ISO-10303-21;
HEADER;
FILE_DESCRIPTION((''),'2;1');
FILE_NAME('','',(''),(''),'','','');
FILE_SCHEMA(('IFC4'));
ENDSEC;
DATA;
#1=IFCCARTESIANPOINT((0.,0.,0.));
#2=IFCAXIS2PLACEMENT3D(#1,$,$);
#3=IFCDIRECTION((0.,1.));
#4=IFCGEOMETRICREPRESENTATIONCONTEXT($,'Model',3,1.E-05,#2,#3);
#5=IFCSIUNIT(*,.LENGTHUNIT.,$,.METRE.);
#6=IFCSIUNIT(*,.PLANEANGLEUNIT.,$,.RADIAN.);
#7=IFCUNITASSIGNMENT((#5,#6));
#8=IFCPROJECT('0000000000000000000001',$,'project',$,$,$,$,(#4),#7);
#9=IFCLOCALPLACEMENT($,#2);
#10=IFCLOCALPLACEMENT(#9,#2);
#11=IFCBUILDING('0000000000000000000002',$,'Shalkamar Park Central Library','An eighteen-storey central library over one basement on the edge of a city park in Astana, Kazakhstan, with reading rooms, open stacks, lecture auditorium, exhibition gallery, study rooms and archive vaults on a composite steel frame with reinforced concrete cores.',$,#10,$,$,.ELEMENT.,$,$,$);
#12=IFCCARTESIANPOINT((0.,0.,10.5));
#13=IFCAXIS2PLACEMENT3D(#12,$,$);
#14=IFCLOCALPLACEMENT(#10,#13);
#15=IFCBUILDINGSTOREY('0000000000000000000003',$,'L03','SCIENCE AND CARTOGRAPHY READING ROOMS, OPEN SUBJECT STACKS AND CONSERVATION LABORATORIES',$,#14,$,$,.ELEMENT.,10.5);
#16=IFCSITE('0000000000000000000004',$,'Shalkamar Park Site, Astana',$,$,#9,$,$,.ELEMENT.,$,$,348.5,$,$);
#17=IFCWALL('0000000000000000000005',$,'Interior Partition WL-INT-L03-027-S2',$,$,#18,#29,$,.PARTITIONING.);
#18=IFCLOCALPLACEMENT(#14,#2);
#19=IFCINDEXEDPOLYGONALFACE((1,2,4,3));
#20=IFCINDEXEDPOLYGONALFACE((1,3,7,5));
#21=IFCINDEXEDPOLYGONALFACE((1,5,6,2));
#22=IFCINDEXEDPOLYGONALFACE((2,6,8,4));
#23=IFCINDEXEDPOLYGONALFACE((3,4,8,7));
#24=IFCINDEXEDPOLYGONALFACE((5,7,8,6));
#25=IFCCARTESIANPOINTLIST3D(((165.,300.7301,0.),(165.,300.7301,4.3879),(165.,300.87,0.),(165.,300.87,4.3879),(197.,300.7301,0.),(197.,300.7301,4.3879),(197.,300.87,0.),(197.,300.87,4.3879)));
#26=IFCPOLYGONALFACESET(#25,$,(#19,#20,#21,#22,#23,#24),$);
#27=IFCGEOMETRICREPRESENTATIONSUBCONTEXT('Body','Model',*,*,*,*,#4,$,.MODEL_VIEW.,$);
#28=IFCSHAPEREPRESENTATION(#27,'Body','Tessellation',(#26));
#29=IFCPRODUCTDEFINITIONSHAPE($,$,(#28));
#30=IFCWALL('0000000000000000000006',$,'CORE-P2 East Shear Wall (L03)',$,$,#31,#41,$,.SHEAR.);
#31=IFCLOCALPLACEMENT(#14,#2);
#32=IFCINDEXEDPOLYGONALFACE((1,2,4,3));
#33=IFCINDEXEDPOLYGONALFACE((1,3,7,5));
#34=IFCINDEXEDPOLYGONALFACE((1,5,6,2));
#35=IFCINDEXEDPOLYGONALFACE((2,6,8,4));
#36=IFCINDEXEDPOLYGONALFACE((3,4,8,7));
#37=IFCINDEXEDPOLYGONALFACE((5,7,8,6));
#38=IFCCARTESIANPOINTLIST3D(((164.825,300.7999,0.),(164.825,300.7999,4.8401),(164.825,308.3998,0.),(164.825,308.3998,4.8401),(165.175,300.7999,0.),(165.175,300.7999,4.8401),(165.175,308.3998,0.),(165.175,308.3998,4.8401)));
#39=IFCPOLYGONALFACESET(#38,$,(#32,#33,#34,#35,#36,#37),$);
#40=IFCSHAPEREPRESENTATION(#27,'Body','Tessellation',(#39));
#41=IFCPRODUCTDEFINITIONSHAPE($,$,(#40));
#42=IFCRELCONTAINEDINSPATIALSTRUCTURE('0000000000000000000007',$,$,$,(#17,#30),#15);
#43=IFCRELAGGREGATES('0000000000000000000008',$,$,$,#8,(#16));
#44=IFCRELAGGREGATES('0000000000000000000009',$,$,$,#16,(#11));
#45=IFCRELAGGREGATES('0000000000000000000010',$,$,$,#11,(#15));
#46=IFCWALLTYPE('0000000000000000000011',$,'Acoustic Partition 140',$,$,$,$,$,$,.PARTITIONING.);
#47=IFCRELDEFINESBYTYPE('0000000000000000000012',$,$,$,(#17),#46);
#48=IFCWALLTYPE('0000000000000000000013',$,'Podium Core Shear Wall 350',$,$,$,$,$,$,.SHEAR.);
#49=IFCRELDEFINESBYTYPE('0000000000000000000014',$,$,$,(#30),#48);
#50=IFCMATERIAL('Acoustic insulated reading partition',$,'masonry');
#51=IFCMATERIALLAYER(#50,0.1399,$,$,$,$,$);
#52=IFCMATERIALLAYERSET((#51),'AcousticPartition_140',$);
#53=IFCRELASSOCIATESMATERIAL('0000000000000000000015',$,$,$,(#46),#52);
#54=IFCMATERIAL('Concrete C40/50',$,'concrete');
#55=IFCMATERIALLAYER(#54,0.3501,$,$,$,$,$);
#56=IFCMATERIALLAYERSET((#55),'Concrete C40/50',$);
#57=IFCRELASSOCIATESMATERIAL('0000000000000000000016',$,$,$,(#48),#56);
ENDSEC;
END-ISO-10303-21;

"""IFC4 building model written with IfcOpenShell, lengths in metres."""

from ifc_helpers import new_model, si_unit, direction, frame, frame_2d, origin, place, context, subcontext, project, spatial, rectangle, extrude, material, layer, layer_set, type_object, element, save


model = new_model("IFC4")

# Units and contexts
model_context = context("Model", 3, precision=1e-05, world=origin(), true_north=direction((0.0, 1.0)))
body_context = subcontext(model_context, "Body", "Model", "MODEL_VIEW")
ifc_project = project(units=[si_unit("LENGTHUNIT", "METRE"), si_unit("PLANEANGLEUNIT", "RADIAN")], contexts=[model_context])

# Site, building, storey
site_placement = place(None, origin())
site = spatial("IfcSite", under=ifc_project, at=site_placement, Name="Shalkamar Park Site, Astana", CompositionType="ELEMENT", RefElevation=348.5)
building_placement = place(site_placement, origin())
building = spatial("IfcBuilding", under=site, at=building_placement, Name="Shalkamar Park Central Library", Description="An eighteen-storey central library over one basement on the edge of a city park in Astana, Kazakhstan, with reading rooms, open stacks, lecture auditorium, exhibition gallery, study rooms and archive vaults on a composite steel frame with reinforced concrete cores.", CompositionType="ELEMENT")
storey_placement = place(building_placement, frame((0.0, 0.0, 10.5)))
storey = spatial("IfcBuildingStorey", under=building, at=storey_placement, Name="L03", Description="SCIENCE AND CARTOGRAPHY READING ROOMS, OPEN SUBJECT STACKS AND CONSERVATION LABORATORIES", CompositionType="ELEMENT", Elevation=10.5)

# Walls
ifc_material_1 = material(Name="Acoustic insulated reading partition", Category="masonry")
ifc_layer_1 = layer(ifc_material_1, 0.1399)
ifc_layer_set_1 = layer_set([ifc_layer_1], Name="AcousticPartition_140")
wall_type_1 = type_object("IfcWallType", Name="Acoustic Partition 140", PredefinedType="PARTITIONING", material=ifc_layer_set_1)
wall_1_placement = place(storey_placement, frame((165.0, 300.8, 0.0), z_axis=(0.0, 0.0, 1.0), x_axis=(1.0, 0.0, 0.0)))
element("IfcWall", 1, at=wall_1_placement, inside=storey, type_object=wall_type_1, Name="Interior Partition WL-INT-L03-027-S2", PredefinedType="PARTITIONING", context=body_context, shape_type="SweptSolid", body=[
    extrude(rectangle(XDim=32.0, YDim=0.1399, at=frame_2d((16.0, 0.0))), origin(), (0.0, 0.0, 1.0), 4.3879),
])
ifc_material_2 = material(Name="Concrete C40/50", Category="concrete")
ifc_layer_2 = layer(ifc_material_2, 0.3501)
ifc_layer_set_2 = layer_set([ifc_layer_2], Name="Concrete C40/50")
wall_type_2 = type_object("IfcWallType", Name="Podium Core Shear Wall 350", PredefinedType="SHEAR", material=ifc_layer_set_2)
wall_2_placement = place(storey_placement, frame((165.0, 300.8, 0.0), z_axis=(0.0, 0.0, 1.0), x_axis=(0.0, 1.0, 0.0)))
element("IfcWall", 2, at=wall_2_placement, inside=storey, type_object=wall_type_2, Name="CORE-P2 East Shear Wall (L03)", PredefinedType="SHEAR", context=body_context, shape_type="SweptSolid", body=[
    extrude(rectangle(XDim=7.5999, YDim=0.3501, at=frame_2d((3.7998, 0.0))), origin(), (0.0, 0.0, 1.0), 4.8401),
])

save(model, "model.ifc")
